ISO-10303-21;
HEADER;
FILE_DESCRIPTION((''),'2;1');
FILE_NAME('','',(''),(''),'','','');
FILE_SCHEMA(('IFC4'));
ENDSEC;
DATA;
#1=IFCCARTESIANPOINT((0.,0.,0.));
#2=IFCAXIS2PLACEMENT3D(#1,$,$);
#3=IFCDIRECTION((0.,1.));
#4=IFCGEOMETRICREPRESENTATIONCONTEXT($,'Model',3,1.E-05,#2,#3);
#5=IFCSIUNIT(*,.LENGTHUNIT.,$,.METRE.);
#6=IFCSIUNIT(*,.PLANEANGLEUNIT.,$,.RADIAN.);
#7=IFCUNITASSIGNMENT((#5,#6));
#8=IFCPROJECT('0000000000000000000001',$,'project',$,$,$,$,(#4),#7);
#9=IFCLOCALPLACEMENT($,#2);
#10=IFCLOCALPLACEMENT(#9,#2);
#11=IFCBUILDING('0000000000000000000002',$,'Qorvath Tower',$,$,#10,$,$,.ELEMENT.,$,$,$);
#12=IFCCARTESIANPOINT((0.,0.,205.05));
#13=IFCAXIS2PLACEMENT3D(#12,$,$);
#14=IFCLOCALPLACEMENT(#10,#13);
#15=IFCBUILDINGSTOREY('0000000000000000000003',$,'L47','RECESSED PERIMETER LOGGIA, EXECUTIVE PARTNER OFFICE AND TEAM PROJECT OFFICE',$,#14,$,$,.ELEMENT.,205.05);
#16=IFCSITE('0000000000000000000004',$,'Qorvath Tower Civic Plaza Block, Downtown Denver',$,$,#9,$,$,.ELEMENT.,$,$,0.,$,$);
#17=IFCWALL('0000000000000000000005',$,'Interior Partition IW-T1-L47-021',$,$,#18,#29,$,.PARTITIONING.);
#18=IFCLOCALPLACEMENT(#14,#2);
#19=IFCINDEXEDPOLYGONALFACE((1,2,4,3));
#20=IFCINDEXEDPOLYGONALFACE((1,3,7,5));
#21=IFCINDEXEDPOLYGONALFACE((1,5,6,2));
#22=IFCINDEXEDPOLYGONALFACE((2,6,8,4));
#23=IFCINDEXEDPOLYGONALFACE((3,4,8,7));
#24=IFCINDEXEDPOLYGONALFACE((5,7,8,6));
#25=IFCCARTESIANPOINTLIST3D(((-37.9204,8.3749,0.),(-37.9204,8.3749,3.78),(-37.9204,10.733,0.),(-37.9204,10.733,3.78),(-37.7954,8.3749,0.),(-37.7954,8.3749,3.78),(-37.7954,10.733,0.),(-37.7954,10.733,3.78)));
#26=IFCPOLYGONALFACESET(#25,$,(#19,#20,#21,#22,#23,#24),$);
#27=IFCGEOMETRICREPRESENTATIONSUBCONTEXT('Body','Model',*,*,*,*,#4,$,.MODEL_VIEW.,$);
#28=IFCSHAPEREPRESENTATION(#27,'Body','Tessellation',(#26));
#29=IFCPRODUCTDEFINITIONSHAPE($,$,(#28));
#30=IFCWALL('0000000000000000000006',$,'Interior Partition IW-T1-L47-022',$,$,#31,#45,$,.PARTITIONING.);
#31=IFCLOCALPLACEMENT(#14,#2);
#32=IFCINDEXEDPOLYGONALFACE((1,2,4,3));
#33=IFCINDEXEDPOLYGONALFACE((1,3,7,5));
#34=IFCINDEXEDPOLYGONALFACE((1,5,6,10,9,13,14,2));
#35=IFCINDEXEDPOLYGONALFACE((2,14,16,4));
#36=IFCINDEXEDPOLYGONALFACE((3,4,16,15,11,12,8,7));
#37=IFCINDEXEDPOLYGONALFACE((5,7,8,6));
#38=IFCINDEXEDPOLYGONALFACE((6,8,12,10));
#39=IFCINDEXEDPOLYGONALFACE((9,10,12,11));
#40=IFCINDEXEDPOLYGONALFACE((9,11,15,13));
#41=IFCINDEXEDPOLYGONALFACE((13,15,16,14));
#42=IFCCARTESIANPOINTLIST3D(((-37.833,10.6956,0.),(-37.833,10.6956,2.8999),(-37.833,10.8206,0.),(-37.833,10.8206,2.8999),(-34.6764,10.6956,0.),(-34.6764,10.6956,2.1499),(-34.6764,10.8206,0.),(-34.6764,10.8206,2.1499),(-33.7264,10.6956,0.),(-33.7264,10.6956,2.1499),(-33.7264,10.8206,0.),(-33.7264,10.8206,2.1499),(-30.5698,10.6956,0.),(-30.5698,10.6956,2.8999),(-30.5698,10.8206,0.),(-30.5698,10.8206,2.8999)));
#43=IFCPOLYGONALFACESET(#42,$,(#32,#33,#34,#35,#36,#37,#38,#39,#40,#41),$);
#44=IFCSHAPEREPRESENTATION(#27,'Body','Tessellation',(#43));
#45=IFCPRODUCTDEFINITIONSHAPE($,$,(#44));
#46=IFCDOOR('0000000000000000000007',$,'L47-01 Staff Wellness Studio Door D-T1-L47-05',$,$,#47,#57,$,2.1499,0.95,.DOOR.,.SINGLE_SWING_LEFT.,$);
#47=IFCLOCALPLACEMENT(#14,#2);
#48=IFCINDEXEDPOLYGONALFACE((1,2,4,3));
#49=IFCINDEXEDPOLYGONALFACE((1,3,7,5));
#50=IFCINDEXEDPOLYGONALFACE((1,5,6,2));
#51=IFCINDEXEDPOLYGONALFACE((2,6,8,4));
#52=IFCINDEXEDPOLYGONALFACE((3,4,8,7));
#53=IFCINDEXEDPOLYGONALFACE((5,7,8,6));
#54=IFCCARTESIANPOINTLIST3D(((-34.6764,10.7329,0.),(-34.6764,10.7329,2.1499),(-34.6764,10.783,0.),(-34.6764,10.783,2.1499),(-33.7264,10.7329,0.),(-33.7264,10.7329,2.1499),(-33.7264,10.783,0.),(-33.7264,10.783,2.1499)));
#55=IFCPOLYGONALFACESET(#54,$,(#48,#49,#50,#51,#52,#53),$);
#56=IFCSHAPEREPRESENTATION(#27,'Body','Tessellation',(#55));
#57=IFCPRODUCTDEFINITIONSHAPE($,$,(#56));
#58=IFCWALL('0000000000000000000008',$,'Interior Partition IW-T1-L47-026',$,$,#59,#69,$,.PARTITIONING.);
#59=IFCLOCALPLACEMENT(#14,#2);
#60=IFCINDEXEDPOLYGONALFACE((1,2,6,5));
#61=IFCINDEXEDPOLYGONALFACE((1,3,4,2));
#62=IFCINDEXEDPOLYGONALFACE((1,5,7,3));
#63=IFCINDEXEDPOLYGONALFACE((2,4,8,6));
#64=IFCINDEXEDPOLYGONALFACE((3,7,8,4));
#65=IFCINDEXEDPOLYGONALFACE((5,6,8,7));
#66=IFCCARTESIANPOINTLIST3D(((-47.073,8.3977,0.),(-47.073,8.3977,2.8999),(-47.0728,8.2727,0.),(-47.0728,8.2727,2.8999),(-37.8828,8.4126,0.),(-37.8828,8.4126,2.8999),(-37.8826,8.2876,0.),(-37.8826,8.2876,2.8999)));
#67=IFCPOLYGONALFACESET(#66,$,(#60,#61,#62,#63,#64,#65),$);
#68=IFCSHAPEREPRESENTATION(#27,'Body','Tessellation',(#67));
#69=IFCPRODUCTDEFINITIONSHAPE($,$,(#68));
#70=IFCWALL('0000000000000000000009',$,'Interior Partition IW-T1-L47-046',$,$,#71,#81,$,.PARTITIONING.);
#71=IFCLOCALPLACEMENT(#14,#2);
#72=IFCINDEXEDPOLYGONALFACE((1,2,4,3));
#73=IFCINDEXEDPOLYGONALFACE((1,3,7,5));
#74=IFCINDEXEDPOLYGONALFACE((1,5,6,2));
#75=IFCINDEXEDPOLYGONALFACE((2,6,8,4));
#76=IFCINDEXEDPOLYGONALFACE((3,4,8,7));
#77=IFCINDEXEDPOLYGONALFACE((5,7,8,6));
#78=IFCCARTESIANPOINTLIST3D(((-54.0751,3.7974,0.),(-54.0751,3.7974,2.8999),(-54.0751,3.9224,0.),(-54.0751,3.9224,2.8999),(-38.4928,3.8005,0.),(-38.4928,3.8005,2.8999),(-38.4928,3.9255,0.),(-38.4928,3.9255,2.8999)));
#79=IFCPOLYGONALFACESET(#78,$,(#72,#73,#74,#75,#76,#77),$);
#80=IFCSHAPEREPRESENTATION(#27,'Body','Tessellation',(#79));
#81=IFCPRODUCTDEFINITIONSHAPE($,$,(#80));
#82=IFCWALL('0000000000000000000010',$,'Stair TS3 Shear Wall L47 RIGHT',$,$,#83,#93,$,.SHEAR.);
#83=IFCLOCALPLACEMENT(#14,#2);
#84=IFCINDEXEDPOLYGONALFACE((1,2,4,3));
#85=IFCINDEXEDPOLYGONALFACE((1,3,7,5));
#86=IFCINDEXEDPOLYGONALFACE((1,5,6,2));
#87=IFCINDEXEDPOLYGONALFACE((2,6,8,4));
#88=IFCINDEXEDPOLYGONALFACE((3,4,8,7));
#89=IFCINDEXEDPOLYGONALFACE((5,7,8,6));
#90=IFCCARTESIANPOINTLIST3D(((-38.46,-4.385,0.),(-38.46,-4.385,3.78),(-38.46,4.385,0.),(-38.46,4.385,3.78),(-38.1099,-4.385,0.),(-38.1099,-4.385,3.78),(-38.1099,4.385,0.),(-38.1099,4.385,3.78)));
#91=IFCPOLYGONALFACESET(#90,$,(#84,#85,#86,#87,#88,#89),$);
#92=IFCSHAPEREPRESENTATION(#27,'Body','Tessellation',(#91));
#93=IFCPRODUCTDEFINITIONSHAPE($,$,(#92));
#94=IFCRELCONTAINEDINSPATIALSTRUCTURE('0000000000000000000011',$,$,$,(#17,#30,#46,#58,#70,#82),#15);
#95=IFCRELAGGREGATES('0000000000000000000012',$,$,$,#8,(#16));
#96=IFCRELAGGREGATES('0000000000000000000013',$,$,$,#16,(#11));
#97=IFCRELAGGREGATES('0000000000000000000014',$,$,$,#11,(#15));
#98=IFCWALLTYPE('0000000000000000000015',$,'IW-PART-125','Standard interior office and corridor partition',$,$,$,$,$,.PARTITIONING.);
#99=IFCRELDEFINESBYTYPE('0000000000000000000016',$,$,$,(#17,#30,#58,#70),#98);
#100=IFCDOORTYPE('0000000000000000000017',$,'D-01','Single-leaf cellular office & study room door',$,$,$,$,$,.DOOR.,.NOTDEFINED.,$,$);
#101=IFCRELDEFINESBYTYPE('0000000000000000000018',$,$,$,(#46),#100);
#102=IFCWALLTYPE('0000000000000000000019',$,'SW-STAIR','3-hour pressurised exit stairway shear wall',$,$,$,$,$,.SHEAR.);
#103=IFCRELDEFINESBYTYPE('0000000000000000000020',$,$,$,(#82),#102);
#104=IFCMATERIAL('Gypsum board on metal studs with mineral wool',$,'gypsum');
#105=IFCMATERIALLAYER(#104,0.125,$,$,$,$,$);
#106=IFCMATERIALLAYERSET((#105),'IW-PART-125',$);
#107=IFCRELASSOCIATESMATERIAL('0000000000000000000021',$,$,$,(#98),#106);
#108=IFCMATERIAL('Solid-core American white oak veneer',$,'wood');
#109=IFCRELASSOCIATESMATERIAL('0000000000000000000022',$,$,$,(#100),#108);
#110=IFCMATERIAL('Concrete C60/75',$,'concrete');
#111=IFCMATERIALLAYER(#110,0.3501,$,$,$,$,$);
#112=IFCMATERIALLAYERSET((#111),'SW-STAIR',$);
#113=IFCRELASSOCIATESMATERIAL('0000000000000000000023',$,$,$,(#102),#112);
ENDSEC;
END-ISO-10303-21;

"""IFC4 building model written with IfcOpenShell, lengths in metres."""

from ifc_helpers import new_model, si_unit, direction, frame, frame_2d, origin, place, context, subcontext, project, spatial, rectangle, extrude, material, layer, layer_set, type_object, element, fill, save


model = new_model("IFC4")

# Units and contexts
model_context = context("Model", 3, precision=1e-05, world=origin(), true_north=direction((0.0, 1.0)))
body_context = subcontext(model_context, "Body", "Model", "MODEL_VIEW")
ifc_project = project(units=[si_unit("LENGTHUNIT", "METRE"), si_unit("PLANEANGLEUNIT", "RADIAN")], contexts=[model_context])

# Site, building, storey
site_placement = place(None, origin())
site = spatial("IfcSite", under=ifc_project, at=site_placement, Name="Qorvath Tower Civic Plaza Block, Downtown Denver", CompositionType="ELEMENT", RefElevation=0.0)
building_placement = place(site_placement, origin())
building = spatial("IfcBuilding", under=site, at=building_placement, Name="Qorvath Tower", CompositionType="ELEMENT")
storey_placement = place(building_placement, frame((0.0, 0.0, 205.05)))
storey = spatial("IfcBuildingStorey", under=building, at=storey_placement, Name="L47", Description="RECESSED PERIMETER LOGGIA, EXECUTIVE PARTNER OFFICE AND TEAM PROJECT OFFICE", CompositionType="ELEMENT", Elevation=205.05)

# Wall
ifc_material_1 = material(Name="Gypsum board on metal studs with mineral wool", Category="gypsum")
ifc_layer_1 = layer(ifc_material_1, 0.125)
ifc_layer_set_1 = layer_set([ifc_layer_1], Name="IW-PART-125")
wall_type_1 = type_object("IfcWallType", Name="IW-PART-125", Description="Standard interior office and corridor partition", PredefinedType="PARTITIONING", material=ifc_layer_set_1)
wall_1_placement = place(storey_placement, frame((-37.8579, 10.7332, 0.0), z_axis=(0.0, 0.0, 1.0), x_axis=(0.0, -1.0, 0.0)))
element("IfcWall", 1, at=wall_1_placement, inside=storey, type_object=wall_type_1, Name="Interior Partition IW-T1-L47-021", PredefinedType="PARTITIONING", context=body_context, shape_type="SweptSolid", body=[
    extrude(rectangle(XDim=2.3582, YDim=0.125, at=frame_2d((1.1792, 0.0))), origin(), (0.0, 0.0, 1.0), 3.78),
])

# Wall, opening, door
wall_2_placement = place(storey_placement, frame((-37.833, 10.7581, 0.0), z_axis=(0.0, 0.0, 1.0), x_axis=(1.0, 0.0, 0.0)))
wall_2 = element("IfcWall", 2, at=wall_2_placement, inside=storey, type_object=wall_type_1, Name="Interior Partition IW-T1-L47-022", PredefinedType="PARTITIONING", context=body_context, shape_type="SweptSolid", body=[
    extrude(rectangle(XDim=7.2632, YDim=0.125, at=frame_2d((3.6316, 0.0))), origin(), (0.0, 0.0, 1.0), 2.8999),
])
opening_1_placement = place(wall_2_placement, frame((3.1565, 0.0, 0.0)))
opening_1 = element("IfcOpeningElement", 3, at=opening_1_placement, cuts=wall_2, PredefinedType="OPENING", context=body_context, shape_type="SweptSolid", body=[
    extrude(rectangle(XDim=0.95, YDim=2.1499, at=frame_2d((0.4751, 1.075))), frame((0.0, 0.0725, 0.0), z_axis=(0.0, -1.0, 0.0), x_axis=(1.0, 0.0, 0.0)), (0.0, 0.0, 1.0), 0.145),
])
ifc_material_2 = material(Name="Solid-core American white oak veneer", Category="wood")
door_type_1 = type_object("IfcDoorType", Name="D-01", Description="Single-leaf cellular office & study room door", OperationType="NOTDEFINED", PredefinedType="DOOR", material=ifc_material_2)
door_1_placement = place(opening_1_placement, origin())
door_1 = element("IfcDoor", 4, at=door_1_placement, inside=storey, type_object=door_type_1, Name="L47-01 Staff Wellness Studio Door D-T1-L47-05", OperationType="SINGLE_SWING_LEFT", OverallHeight=2.1499, OverallWidth=0.95, PredefinedType="DOOR", context=body_context, shape_type="SweptSolid", body=[
    extrude(rectangle(XDim=0.95, YDim=2.1499, at=frame_2d((0.4751, 1.075))), frame((0.0, 0.0249, 0.0), z_axis=(0.0, -1.0, 0.0), x_axis=(1.0, 0.0, 0.0)), (0.0, 0.0, 1.0), 0.05),
])
fill(opening_1, door_1)

# Walls
wall_3_placement = place(storey_placement, frame((-47.073, 8.3352, 0.0), z_axis=(0.0, 0.0, 1.0), x_axis=(0.999999, 0.00162, 0.0)))
element("IfcWall", 5, at=wall_3_placement, inside=storey, type_object=wall_type_1, Name="Interior Partition IW-T1-L47-026", PredefinedType="PARTITIONING", context=body_context, shape_type="SweptSolid", body=[
    extrude(rectangle(XDim=9.1902, YDim=0.125, at=frame_2d((4.5952, 0.0))), origin(), (0.0, 0.0, 1.0), 2.8999),
])
wall_4_placement = place(storey_placement, frame((-38.4929, 3.863, 0.0), z_axis=(0.0, 0.0, 1.0), x_axis=(-1.0, -0.000204, 0.0)))
element("IfcWall", 6, at=wall_4_placement, inside=storey, type_object=wall_type_1, Name="Interior Partition IW-T1-L47-046", PredefinedType="PARTITIONING", context=body_context, shape_type="SweptSolid", body=[
    extrude(rectangle(XDim=15.5823, YDim=0.125, at=frame_2d((7.791, 0.0))), origin(), (0.0, 0.0, 1.0), 2.8999),
])
ifc_material_3 = material(Name="Concrete C60/75", Category="concrete")
ifc_layer_2 = layer(ifc_material_3, 0.3501)
ifc_layer_set_2 = layer_set([ifc_layer_2], Name="SW-STAIR")
wall_type_2 = type_object("IfcWallType", Name="SW-STAIR", Description="3-hour pressurised exit stairway shear wall", PredefinedType="SHEAR", material=ifc_layer_set_2)
wall_5_placement = place(storey_placement, frame((-38.2849, 4.385, 0.0), z_axis=(0.0, 0.0, 1.0), x_axis=(0.0, -1.0, 0.0)))
element("IfcWall", 7, at=wall_5_placement, inside=storey, type_object=wall_type_2, Name="Stair TS3 Shear Wall L47 RIGHT", PredefinedType="SHEAR", context=body_context, shape_type="SweptSolid", body=[
    extrude(rectangle(XDim=8.77, YDim=0.3501, at=frame_2d((4.385, 0.0))), origin(), (0.0, 0.0, 1.0), 3.78),
])

save(model, "model.ifc")
